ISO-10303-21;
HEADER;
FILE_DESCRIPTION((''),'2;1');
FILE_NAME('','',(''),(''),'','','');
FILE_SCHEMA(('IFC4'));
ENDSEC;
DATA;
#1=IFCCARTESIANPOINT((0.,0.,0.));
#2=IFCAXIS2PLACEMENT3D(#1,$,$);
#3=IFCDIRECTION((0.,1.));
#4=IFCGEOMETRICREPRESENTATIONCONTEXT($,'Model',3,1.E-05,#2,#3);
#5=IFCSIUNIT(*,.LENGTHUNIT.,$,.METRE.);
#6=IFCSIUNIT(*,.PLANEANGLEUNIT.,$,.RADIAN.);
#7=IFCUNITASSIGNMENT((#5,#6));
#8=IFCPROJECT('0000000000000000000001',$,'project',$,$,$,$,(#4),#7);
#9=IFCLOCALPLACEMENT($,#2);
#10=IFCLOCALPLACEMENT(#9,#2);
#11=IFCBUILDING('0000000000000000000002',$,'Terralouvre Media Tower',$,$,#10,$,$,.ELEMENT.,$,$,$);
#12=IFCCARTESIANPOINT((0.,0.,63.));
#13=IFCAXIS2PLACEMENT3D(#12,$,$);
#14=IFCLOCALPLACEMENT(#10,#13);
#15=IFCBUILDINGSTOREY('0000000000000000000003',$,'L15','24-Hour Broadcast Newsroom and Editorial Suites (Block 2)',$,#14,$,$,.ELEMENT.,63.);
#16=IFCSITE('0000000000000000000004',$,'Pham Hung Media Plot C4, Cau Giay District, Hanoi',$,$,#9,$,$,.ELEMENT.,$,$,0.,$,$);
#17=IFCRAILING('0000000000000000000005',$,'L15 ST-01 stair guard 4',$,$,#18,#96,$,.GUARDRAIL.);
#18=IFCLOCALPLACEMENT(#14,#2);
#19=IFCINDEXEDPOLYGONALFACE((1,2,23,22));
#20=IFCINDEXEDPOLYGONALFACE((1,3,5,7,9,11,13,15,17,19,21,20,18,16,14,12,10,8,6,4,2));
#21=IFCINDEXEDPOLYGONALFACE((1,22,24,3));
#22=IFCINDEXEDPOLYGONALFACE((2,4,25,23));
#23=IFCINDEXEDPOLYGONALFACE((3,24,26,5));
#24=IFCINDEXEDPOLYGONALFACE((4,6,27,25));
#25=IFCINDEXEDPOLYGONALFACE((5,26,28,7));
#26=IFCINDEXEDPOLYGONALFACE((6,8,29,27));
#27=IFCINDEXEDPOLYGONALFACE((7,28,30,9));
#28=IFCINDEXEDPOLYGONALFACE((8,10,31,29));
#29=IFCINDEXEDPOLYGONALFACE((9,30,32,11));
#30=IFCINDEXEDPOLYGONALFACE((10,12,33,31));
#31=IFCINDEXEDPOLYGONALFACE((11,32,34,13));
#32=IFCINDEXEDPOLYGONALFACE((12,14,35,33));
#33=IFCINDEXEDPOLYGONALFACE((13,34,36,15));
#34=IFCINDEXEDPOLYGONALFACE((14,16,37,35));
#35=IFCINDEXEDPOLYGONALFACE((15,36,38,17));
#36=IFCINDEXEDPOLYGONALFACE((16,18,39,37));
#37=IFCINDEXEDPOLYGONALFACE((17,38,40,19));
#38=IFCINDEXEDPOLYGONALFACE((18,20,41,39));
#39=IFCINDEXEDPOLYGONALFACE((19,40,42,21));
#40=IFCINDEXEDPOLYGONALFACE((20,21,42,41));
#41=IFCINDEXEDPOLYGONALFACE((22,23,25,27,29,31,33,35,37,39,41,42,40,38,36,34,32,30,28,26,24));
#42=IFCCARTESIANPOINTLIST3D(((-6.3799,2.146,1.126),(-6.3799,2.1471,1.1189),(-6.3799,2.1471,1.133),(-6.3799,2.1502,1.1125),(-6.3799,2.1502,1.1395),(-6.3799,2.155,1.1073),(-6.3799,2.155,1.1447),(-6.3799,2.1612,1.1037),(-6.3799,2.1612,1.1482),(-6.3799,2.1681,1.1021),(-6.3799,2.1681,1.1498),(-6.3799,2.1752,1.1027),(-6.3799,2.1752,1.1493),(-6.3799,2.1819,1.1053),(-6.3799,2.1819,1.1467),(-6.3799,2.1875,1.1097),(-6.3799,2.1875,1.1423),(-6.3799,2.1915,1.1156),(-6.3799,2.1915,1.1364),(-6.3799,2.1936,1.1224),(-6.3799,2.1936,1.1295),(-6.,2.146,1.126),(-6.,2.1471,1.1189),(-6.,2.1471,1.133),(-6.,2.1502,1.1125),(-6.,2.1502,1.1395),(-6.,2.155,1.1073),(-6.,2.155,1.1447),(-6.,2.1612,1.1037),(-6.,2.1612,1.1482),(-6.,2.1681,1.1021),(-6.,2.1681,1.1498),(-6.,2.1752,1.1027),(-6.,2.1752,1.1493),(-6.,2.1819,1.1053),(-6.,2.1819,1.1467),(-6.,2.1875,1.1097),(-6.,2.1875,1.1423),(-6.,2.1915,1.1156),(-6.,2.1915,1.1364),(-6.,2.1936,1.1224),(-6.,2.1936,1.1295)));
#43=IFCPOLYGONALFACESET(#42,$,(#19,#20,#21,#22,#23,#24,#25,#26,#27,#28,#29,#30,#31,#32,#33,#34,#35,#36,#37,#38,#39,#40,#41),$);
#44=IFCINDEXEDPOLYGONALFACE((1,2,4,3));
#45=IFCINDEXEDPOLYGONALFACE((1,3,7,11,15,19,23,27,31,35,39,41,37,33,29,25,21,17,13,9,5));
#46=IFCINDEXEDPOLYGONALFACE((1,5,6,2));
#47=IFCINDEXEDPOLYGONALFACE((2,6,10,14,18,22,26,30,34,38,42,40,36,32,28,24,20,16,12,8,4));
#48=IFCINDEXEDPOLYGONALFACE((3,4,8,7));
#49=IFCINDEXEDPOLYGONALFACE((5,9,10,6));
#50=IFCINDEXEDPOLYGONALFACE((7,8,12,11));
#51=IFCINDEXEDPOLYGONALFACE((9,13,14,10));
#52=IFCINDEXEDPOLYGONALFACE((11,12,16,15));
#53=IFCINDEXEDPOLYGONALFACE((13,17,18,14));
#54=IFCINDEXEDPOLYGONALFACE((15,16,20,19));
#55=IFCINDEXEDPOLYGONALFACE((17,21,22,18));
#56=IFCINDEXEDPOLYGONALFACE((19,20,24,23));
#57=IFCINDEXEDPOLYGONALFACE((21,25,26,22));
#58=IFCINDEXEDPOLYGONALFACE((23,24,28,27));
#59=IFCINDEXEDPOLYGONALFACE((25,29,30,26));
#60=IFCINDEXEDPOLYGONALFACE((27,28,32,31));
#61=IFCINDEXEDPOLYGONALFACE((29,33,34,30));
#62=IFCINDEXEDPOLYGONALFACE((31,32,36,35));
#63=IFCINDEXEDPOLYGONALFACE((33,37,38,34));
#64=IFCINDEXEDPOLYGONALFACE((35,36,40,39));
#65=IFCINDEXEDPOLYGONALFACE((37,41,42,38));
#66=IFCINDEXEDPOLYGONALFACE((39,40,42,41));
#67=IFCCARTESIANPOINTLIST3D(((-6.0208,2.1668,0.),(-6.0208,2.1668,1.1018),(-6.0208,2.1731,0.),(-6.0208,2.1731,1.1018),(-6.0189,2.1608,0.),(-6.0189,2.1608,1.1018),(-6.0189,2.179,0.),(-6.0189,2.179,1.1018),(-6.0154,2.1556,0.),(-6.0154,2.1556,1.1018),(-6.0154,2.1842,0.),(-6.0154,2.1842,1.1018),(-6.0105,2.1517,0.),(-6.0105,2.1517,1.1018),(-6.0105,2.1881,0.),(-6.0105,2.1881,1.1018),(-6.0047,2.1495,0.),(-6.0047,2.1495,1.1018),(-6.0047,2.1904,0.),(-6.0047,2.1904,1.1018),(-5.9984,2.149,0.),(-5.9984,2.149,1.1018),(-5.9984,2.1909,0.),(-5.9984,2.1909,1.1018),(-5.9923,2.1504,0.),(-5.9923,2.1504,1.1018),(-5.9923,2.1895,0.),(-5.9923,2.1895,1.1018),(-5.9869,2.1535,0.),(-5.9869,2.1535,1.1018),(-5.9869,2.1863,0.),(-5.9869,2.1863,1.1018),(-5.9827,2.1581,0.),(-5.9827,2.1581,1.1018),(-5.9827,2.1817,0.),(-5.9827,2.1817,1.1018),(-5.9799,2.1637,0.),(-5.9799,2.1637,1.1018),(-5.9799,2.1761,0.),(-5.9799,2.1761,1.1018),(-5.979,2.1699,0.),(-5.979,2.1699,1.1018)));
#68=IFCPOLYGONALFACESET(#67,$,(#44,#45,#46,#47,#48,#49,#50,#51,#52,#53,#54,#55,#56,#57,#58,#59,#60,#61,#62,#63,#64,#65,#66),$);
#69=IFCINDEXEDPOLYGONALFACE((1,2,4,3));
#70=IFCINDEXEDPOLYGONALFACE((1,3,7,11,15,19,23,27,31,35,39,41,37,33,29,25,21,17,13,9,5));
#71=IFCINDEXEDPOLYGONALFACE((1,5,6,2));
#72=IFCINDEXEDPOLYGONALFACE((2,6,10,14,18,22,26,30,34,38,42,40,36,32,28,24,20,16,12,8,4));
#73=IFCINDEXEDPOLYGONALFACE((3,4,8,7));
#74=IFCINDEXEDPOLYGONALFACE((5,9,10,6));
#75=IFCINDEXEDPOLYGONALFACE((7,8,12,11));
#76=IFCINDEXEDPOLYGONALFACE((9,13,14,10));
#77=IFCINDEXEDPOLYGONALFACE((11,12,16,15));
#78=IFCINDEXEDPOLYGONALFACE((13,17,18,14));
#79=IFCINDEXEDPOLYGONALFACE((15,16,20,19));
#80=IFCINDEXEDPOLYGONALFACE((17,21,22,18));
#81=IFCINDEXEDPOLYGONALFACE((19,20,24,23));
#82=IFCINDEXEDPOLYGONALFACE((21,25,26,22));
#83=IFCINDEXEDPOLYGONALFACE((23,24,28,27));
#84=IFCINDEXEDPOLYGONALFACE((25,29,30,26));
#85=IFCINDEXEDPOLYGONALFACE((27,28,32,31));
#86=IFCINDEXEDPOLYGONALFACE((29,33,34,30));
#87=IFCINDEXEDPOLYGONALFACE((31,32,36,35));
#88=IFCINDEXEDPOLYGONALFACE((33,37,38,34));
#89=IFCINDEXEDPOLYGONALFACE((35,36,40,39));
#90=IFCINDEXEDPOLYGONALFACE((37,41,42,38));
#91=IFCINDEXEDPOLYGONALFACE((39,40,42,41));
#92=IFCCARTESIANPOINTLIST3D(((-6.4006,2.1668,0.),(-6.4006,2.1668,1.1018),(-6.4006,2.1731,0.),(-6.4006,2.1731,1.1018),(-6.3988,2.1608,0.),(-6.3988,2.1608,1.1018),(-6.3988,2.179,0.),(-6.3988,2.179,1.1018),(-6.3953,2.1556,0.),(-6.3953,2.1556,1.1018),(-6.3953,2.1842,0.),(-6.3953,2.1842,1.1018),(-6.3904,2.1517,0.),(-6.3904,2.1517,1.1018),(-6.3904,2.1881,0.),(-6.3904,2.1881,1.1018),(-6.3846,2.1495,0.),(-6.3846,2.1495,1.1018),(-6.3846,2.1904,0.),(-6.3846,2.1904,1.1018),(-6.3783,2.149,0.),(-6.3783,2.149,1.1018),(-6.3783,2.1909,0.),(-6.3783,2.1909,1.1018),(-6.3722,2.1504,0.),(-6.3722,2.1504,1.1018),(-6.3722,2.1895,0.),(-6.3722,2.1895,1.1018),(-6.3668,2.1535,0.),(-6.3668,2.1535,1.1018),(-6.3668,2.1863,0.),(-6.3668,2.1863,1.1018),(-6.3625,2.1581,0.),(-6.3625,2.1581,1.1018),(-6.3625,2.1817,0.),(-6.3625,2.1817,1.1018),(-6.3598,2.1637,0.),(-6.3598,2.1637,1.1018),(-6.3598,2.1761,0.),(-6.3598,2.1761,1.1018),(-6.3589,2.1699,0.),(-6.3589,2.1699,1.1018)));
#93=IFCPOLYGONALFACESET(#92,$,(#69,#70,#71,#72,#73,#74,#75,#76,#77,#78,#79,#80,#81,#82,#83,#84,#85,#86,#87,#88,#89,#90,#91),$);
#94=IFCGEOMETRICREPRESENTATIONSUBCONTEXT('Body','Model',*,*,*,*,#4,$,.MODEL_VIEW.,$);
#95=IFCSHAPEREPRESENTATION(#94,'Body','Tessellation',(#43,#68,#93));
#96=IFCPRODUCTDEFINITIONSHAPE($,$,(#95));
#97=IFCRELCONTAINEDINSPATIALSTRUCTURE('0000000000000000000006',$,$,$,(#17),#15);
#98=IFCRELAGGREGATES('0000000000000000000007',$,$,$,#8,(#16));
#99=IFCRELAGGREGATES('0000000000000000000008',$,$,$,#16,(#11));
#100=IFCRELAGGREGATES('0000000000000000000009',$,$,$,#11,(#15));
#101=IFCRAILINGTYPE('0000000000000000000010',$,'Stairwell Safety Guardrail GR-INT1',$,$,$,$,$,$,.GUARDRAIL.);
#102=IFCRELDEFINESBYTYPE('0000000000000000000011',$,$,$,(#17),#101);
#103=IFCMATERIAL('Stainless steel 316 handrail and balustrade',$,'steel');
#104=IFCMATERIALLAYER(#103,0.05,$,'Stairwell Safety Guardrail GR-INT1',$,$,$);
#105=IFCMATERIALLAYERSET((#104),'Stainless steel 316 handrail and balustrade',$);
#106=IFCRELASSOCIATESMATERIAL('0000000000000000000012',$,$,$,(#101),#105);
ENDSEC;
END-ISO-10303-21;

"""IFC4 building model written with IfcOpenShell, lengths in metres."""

from ifc_helpers import new_model, si_unit, direction, frame, origin, origin_2d, place, context, subcontext, project, spatial, circle, extrude, material, layer, layer_set, type_object, element, save


model = new_model("IFC4")

# Units and contexts
model_context = context("Model", 3, precision=1e-05, world=origin(), true_north=direction((0.0, 1.0)))
body_context = subcontext(model_context, "Body", "Model", "MODEL_VIEW")
ifc_project = project(units=[si_unit("LENGTHUNIT", "METRE"), si_unit("PLANEANGLEUNIT", "RADIAN")], contexts=[model_context])

# Site, building, storey
site_placement = place(None, origin())
site = spatial("IfcSite", under=ifc_project, at=site_placement, Name="Pham Hung Media Plot C4, Cau Giay District, Hanoi", CompositionType="ELEMENT", RefElevation=0.0)
building_placement = place(site_placement, origin())
building = spatial("IfcBuilding", under=site, at=building_placement, Name="Terralouvre Media Tower", CompositionType="ELEMENT")
storey_placement = place(building_placement, frame((0.0, 0.0, 63.0)))
storey = spatial("IfcBuildingStorey", under=building, at=storey_placement, Name="L15", Description="24-Hour Broadcast Newsroom and Editorial Suites (Block 2)", CompositionType="ELEMENT", Elevation=63.0)

# Railing
ifc_material_1 = material(Name="Stainless steel 316 handrail and balustrade", Category="steel")
ifc_layer_1 = layer(ifc_material_1, 0.05, Name="Stairwell Safety Guardrail GR-INT1")
ifc_layer_set_1 = layer_set([ifc_layer_1], Name="Stainless steel 316 handrail and balustrade")
railing_type_1 = type_object("IfcRailingType", Name="Stairwell Safety Guardrail GR-INT1", PredefinedType="GUARDRAIL", material=ifc_layer_set_1)
railing_1_placement = place(storey_placement, frame((-6.0, 2.1699, 0.0)))
element("IfcRailing", 1, at=railing_1_placement, inside=storey, type_object=railing_type_1, Name="L15 ST-01 stair guard 4", PredefinedType="GUARDRAIL", context=body_context, shape_type="SweptSolid", body=[
    extrude(circle(Radius=0.0239, at=origin_2d()), frame((0.0, 0.0, 1.126), z_axis=(-1.0, 0.0, 0.0), x_axis=(0.0, -1.0, 0.0)), (0.0, 0.0, 1.0), 0.3799),
    extrude(circle(Radius=0.021, at=origin_2d()), origin(), (0.0, 0.0, 1.0), 1.1018),
    extrude(circle(Radius=0.021, at=origin_2d()), frame((-0.3799, 0.0, 0.0)), (0.0, 0.0, 1.0), 1.1018),
])

save(model, "model.ifc")
